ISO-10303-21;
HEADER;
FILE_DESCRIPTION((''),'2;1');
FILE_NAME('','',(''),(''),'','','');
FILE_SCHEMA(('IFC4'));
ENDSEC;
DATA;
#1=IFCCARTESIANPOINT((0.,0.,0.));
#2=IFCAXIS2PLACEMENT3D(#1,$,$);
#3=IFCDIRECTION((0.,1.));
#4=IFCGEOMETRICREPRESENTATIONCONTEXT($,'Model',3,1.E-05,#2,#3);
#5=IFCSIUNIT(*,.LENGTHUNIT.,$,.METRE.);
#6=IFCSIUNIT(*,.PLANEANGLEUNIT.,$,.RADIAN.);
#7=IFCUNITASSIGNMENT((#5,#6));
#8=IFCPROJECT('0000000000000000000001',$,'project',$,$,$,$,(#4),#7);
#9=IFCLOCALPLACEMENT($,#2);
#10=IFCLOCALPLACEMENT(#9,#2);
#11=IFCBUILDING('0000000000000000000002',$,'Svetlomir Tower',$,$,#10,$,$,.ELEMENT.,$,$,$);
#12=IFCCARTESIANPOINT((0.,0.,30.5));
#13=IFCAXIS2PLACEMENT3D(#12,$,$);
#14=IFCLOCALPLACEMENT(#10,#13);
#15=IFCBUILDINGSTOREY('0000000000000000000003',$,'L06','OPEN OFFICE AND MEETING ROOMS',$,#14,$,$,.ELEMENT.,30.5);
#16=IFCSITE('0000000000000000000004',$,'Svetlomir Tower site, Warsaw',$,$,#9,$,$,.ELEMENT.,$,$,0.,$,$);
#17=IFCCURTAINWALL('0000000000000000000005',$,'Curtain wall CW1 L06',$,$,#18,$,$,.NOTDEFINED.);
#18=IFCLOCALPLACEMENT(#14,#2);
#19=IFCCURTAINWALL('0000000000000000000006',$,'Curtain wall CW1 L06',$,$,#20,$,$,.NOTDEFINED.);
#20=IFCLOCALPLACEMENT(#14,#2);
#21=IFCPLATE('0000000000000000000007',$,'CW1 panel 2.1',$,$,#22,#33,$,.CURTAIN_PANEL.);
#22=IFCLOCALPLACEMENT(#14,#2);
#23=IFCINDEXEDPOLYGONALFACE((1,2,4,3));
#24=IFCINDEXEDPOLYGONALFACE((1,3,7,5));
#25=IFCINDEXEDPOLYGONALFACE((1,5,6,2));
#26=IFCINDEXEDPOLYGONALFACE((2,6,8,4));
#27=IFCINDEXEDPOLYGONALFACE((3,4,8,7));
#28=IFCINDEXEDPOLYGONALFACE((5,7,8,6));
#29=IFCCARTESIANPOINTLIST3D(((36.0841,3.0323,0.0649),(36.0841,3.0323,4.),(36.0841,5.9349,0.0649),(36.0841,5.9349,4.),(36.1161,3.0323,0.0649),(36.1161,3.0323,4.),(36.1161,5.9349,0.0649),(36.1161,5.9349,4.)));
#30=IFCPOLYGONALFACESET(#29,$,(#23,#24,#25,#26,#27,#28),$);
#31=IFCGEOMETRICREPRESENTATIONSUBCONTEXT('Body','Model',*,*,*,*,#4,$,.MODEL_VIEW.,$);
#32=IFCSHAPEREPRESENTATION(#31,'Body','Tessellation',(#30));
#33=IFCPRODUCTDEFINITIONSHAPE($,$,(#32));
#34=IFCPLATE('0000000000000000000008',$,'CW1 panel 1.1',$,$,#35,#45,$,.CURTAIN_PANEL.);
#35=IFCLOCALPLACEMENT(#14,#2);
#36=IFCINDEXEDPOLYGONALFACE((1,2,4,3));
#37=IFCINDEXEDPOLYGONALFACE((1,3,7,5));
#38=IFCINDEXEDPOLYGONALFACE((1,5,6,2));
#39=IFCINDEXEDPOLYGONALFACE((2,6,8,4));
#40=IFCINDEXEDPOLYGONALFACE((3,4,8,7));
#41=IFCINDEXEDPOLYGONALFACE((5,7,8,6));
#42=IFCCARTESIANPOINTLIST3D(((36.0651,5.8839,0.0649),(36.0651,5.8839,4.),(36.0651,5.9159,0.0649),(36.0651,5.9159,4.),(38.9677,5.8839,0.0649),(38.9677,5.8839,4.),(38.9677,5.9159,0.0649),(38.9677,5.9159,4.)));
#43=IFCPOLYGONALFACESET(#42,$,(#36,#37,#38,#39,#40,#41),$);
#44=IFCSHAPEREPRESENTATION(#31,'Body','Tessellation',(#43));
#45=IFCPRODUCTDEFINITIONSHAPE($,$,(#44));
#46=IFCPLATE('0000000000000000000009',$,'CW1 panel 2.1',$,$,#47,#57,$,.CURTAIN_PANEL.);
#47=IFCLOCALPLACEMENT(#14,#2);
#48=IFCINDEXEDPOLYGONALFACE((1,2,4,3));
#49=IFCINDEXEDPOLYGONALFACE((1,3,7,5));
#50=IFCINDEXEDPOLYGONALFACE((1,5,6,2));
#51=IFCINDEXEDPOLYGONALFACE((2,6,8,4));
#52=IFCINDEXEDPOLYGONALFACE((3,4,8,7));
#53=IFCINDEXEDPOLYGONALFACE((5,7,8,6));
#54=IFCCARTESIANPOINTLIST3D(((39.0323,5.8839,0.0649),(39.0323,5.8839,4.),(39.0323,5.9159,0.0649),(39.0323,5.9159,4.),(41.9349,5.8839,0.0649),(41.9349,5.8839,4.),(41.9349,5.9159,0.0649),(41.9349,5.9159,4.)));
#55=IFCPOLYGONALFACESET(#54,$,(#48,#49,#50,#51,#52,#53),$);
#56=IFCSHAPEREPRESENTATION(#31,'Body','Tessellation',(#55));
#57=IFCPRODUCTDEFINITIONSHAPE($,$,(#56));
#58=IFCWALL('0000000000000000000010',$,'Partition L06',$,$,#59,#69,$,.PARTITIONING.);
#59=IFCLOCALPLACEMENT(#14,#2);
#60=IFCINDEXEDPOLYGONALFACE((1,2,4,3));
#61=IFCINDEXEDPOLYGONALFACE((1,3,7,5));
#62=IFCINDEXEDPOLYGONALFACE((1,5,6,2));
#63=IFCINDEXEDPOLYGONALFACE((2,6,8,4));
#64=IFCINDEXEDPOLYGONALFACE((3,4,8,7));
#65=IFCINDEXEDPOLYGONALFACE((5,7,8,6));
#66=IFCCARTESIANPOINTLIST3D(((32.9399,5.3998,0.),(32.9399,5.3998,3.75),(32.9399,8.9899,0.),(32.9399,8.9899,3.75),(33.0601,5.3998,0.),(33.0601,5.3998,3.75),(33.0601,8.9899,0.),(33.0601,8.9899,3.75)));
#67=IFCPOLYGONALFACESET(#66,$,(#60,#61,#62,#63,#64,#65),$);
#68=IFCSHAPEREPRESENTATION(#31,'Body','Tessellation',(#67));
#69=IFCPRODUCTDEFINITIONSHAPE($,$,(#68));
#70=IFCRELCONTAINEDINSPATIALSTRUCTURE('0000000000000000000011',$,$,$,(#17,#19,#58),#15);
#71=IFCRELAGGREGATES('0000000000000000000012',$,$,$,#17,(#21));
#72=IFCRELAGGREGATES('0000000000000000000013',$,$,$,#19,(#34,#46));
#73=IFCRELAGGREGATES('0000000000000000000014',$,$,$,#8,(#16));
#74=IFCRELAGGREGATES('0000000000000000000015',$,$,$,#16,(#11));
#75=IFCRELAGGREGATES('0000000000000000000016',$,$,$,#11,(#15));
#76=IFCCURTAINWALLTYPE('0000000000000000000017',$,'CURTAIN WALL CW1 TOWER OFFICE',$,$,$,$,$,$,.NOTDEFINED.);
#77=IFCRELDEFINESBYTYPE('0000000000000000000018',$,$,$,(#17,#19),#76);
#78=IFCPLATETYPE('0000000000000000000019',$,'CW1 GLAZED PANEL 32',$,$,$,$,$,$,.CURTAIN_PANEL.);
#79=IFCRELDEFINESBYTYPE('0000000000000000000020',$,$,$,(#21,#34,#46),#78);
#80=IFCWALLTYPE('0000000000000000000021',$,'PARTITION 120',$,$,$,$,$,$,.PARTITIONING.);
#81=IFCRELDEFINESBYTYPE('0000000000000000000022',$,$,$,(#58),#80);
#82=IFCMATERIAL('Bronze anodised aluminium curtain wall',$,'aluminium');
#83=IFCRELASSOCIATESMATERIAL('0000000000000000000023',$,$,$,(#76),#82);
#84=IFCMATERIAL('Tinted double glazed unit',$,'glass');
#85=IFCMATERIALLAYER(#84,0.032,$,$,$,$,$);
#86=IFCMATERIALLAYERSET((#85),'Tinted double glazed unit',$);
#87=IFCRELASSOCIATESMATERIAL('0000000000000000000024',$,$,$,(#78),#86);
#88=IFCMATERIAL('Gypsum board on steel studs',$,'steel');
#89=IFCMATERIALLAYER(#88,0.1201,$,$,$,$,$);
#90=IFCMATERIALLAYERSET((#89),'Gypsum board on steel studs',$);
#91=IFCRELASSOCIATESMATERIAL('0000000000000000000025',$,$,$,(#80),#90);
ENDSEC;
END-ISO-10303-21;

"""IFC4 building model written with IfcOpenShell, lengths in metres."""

from ifc_helpers import new_model, si_unit, direction, frame, frame_2d, origin, origin_2d, place, context, subcontext, project, spatial, rectangle, extrude, material, layer, layer_set, type_object, element, aggregate, save


model = new_model("IFC4")

# Units and contexts
model_context = context("Model", 3, precision=1e-05, world=origin(), true_north=direction((0.0, 1.0)))
body_context = subcontext(model_context, "Body", "Model", "MODEL_VIEW")
ifc_project = project(units=[si_unit("LENGTHUNIT", "METRE"), si_unit("PLANEANGLEUNIT", "RADIAN")], contexts=[model_context])

# Site, building, storey
site_placement = place(None, origin())
site = spatial("IfcSite", under=ifc_project, at=site_placement, Name="Svetlomir Tower site, Warsaw", CompositionType="ELEMENT", RefElevation=0.0)
building_placement = place(site_placement, origin())
building = spatial("IfcBuilding", under=site, at=building_placement, Name="Svetlomir Tower", CompositionType="ELEMENT")
storey_placement = place(building_placement, frame((0.0, 0.0, 30.5)))
storey = spatial("IfcBuildingStorey", under=building, at=storey_placement, Name="L06", Description="OPEN OFFICE AND MEETING ROOMS", CompositionType="ELEMENT", Elevation=30.5)

# Curtain walls
ifc_material_1 = material(Name="Bronze anodised aluminium curtain wall", Category="aluminium")
curtain_wall_type = type_object("IfcCurtainWallType", Name="CURTAIN WALL CW1 TOWER OFFICE", PredefinedType="NOTDEFINED", material=ifc_material_1)
curtain_wall_1_placement = place(storey_placement, origin())
curtain_wall_1 = element("IfcCurtainWall", 1, at=curtain_wall_1_placement, inside=storey, type_object=curtain_wall_type, Name="Curtain wall CW1 L06", PredefinedType="NOTDEFINED")
curtain_wall_2_placement = place(storey_placement, origin())
curtain_wall_2 = element("IfcCurtainWall", 2, at=curtain_wall_2_placement, inside=storey, type_object=curtain_wall_type, Name="Curtain wall CW1 L06", PredefinedType="NOTDEFINED")

# Plates
ifc_material_2 = material(Name="Tinted double glazed unit", Category="glass")
ifc_layer_1 = layer(ifc_material_2, 0.032)
ifc_layer_set_1 = layer_set([ifc_layer_1], Name="Tinted double glazed unit")
plate_type = type_object("IfcPlateType", Name="CW1 GLAZED PANEL 32", PredefinedType="CURTAIN_PANEL", material=ifc_layer_set_1)
plate_1_placement = place(storey_placement, frame((36.1001, 4.4836, 0.0649), z_axis=(0.0, 0.0, 1.0), x_axis=(0.0, 1.0, 0.0)))
plate_1 = element("IfcPlate", 3, at=plate_1_placement, type_object=plate_type, Name="CW1 panel 2.1", PredefinedType="CURTAIN_PANEL", context=body_context, shape_type="SweptSolid", body=[
    extrude(rectangle(XDim=2.9026, YDim=0.032, at=origin_2d()), origin(), (0.0, 0.0, 1.0), 3.9351),
])
aggregate(curtain_wall_1, [plate_1])
plate_2_placement = place(storey_placement, frame((37.5164, 5.8999, 0.0649), z_axis=(0.0, 0.0, 1.0), x_axis=(1.0, 0.0, 0.0)))
plate_2 = element("IfcPlate", 4, at=plate_2_placement, type_object=plate_type, Name="CW1 panel 1.1", PredefinedType="CURTAIN_PANEL", context=body_context, shape_type="SweptSolid", body=[
    extrude(rectangle(XDim=2.9026, YDim=0.032, at=origin_2d()), origin(), (0.0, 0.0, 1.0), 3.9351),
])
plate_3_placement = place(storey_placement, frame((40.4836, 5.8999, 0.0649), z_axis=(0.0, 0.0, 1.0), x_axis=(1.0, 0.0, 0.0)))
plate_3 = element("IfcPlate", 5, at=plate_3_placement, type_object=plate_type, Name="CW1 panel 2.1", PredefinedType="CURTAIN_PANEL", context=body_context, shape_type="SweptSolid", body=[
    extrude(rectangle(XDim=2.9026, YDim=0.032, at=origin_2d()), origin(), (0.0, 0.0, 1.0), 3.9351),
])
aggregate(curtain_wall_2, [plate_2, plate_3])

# Wall
ifc_material_3 = material(Name="Gypsum board on steel studs", Category="steel")
ifc_layer_2 = layer(ifc_material_3, 0.1201)
ifc_layer_set_2 = layer_set([ifc_layer_2], Name="Gypsum board on steel studs")
wall_type = type_object("IfcWallType", Name="PARTITION 120", PredefinedType="PARTITIONING", material=ifc_layer_set_2)
wall_placement = place(storey_placement, frame((33.0, 5.3999, 0.0), z_axis=(0.0, 0.0, 1.0), x_axis=(0.0, 1.0, 0.0)))
element("IfcWall", 6, at=wall_placement, inside=storey, type_object=wall_type, Name="Partition L06", PredefinedType="PARTITIONING", context=body_context, shape_type="SweptSolid", body=[
    extrude(rectangle(XDim=3.5901, YDim=0.1201, at=frame_2d((1.7949, 0.0))), origin(), (0.0, 0.0, 1.0), 3.75),
])

save(model, "model.ifc")
